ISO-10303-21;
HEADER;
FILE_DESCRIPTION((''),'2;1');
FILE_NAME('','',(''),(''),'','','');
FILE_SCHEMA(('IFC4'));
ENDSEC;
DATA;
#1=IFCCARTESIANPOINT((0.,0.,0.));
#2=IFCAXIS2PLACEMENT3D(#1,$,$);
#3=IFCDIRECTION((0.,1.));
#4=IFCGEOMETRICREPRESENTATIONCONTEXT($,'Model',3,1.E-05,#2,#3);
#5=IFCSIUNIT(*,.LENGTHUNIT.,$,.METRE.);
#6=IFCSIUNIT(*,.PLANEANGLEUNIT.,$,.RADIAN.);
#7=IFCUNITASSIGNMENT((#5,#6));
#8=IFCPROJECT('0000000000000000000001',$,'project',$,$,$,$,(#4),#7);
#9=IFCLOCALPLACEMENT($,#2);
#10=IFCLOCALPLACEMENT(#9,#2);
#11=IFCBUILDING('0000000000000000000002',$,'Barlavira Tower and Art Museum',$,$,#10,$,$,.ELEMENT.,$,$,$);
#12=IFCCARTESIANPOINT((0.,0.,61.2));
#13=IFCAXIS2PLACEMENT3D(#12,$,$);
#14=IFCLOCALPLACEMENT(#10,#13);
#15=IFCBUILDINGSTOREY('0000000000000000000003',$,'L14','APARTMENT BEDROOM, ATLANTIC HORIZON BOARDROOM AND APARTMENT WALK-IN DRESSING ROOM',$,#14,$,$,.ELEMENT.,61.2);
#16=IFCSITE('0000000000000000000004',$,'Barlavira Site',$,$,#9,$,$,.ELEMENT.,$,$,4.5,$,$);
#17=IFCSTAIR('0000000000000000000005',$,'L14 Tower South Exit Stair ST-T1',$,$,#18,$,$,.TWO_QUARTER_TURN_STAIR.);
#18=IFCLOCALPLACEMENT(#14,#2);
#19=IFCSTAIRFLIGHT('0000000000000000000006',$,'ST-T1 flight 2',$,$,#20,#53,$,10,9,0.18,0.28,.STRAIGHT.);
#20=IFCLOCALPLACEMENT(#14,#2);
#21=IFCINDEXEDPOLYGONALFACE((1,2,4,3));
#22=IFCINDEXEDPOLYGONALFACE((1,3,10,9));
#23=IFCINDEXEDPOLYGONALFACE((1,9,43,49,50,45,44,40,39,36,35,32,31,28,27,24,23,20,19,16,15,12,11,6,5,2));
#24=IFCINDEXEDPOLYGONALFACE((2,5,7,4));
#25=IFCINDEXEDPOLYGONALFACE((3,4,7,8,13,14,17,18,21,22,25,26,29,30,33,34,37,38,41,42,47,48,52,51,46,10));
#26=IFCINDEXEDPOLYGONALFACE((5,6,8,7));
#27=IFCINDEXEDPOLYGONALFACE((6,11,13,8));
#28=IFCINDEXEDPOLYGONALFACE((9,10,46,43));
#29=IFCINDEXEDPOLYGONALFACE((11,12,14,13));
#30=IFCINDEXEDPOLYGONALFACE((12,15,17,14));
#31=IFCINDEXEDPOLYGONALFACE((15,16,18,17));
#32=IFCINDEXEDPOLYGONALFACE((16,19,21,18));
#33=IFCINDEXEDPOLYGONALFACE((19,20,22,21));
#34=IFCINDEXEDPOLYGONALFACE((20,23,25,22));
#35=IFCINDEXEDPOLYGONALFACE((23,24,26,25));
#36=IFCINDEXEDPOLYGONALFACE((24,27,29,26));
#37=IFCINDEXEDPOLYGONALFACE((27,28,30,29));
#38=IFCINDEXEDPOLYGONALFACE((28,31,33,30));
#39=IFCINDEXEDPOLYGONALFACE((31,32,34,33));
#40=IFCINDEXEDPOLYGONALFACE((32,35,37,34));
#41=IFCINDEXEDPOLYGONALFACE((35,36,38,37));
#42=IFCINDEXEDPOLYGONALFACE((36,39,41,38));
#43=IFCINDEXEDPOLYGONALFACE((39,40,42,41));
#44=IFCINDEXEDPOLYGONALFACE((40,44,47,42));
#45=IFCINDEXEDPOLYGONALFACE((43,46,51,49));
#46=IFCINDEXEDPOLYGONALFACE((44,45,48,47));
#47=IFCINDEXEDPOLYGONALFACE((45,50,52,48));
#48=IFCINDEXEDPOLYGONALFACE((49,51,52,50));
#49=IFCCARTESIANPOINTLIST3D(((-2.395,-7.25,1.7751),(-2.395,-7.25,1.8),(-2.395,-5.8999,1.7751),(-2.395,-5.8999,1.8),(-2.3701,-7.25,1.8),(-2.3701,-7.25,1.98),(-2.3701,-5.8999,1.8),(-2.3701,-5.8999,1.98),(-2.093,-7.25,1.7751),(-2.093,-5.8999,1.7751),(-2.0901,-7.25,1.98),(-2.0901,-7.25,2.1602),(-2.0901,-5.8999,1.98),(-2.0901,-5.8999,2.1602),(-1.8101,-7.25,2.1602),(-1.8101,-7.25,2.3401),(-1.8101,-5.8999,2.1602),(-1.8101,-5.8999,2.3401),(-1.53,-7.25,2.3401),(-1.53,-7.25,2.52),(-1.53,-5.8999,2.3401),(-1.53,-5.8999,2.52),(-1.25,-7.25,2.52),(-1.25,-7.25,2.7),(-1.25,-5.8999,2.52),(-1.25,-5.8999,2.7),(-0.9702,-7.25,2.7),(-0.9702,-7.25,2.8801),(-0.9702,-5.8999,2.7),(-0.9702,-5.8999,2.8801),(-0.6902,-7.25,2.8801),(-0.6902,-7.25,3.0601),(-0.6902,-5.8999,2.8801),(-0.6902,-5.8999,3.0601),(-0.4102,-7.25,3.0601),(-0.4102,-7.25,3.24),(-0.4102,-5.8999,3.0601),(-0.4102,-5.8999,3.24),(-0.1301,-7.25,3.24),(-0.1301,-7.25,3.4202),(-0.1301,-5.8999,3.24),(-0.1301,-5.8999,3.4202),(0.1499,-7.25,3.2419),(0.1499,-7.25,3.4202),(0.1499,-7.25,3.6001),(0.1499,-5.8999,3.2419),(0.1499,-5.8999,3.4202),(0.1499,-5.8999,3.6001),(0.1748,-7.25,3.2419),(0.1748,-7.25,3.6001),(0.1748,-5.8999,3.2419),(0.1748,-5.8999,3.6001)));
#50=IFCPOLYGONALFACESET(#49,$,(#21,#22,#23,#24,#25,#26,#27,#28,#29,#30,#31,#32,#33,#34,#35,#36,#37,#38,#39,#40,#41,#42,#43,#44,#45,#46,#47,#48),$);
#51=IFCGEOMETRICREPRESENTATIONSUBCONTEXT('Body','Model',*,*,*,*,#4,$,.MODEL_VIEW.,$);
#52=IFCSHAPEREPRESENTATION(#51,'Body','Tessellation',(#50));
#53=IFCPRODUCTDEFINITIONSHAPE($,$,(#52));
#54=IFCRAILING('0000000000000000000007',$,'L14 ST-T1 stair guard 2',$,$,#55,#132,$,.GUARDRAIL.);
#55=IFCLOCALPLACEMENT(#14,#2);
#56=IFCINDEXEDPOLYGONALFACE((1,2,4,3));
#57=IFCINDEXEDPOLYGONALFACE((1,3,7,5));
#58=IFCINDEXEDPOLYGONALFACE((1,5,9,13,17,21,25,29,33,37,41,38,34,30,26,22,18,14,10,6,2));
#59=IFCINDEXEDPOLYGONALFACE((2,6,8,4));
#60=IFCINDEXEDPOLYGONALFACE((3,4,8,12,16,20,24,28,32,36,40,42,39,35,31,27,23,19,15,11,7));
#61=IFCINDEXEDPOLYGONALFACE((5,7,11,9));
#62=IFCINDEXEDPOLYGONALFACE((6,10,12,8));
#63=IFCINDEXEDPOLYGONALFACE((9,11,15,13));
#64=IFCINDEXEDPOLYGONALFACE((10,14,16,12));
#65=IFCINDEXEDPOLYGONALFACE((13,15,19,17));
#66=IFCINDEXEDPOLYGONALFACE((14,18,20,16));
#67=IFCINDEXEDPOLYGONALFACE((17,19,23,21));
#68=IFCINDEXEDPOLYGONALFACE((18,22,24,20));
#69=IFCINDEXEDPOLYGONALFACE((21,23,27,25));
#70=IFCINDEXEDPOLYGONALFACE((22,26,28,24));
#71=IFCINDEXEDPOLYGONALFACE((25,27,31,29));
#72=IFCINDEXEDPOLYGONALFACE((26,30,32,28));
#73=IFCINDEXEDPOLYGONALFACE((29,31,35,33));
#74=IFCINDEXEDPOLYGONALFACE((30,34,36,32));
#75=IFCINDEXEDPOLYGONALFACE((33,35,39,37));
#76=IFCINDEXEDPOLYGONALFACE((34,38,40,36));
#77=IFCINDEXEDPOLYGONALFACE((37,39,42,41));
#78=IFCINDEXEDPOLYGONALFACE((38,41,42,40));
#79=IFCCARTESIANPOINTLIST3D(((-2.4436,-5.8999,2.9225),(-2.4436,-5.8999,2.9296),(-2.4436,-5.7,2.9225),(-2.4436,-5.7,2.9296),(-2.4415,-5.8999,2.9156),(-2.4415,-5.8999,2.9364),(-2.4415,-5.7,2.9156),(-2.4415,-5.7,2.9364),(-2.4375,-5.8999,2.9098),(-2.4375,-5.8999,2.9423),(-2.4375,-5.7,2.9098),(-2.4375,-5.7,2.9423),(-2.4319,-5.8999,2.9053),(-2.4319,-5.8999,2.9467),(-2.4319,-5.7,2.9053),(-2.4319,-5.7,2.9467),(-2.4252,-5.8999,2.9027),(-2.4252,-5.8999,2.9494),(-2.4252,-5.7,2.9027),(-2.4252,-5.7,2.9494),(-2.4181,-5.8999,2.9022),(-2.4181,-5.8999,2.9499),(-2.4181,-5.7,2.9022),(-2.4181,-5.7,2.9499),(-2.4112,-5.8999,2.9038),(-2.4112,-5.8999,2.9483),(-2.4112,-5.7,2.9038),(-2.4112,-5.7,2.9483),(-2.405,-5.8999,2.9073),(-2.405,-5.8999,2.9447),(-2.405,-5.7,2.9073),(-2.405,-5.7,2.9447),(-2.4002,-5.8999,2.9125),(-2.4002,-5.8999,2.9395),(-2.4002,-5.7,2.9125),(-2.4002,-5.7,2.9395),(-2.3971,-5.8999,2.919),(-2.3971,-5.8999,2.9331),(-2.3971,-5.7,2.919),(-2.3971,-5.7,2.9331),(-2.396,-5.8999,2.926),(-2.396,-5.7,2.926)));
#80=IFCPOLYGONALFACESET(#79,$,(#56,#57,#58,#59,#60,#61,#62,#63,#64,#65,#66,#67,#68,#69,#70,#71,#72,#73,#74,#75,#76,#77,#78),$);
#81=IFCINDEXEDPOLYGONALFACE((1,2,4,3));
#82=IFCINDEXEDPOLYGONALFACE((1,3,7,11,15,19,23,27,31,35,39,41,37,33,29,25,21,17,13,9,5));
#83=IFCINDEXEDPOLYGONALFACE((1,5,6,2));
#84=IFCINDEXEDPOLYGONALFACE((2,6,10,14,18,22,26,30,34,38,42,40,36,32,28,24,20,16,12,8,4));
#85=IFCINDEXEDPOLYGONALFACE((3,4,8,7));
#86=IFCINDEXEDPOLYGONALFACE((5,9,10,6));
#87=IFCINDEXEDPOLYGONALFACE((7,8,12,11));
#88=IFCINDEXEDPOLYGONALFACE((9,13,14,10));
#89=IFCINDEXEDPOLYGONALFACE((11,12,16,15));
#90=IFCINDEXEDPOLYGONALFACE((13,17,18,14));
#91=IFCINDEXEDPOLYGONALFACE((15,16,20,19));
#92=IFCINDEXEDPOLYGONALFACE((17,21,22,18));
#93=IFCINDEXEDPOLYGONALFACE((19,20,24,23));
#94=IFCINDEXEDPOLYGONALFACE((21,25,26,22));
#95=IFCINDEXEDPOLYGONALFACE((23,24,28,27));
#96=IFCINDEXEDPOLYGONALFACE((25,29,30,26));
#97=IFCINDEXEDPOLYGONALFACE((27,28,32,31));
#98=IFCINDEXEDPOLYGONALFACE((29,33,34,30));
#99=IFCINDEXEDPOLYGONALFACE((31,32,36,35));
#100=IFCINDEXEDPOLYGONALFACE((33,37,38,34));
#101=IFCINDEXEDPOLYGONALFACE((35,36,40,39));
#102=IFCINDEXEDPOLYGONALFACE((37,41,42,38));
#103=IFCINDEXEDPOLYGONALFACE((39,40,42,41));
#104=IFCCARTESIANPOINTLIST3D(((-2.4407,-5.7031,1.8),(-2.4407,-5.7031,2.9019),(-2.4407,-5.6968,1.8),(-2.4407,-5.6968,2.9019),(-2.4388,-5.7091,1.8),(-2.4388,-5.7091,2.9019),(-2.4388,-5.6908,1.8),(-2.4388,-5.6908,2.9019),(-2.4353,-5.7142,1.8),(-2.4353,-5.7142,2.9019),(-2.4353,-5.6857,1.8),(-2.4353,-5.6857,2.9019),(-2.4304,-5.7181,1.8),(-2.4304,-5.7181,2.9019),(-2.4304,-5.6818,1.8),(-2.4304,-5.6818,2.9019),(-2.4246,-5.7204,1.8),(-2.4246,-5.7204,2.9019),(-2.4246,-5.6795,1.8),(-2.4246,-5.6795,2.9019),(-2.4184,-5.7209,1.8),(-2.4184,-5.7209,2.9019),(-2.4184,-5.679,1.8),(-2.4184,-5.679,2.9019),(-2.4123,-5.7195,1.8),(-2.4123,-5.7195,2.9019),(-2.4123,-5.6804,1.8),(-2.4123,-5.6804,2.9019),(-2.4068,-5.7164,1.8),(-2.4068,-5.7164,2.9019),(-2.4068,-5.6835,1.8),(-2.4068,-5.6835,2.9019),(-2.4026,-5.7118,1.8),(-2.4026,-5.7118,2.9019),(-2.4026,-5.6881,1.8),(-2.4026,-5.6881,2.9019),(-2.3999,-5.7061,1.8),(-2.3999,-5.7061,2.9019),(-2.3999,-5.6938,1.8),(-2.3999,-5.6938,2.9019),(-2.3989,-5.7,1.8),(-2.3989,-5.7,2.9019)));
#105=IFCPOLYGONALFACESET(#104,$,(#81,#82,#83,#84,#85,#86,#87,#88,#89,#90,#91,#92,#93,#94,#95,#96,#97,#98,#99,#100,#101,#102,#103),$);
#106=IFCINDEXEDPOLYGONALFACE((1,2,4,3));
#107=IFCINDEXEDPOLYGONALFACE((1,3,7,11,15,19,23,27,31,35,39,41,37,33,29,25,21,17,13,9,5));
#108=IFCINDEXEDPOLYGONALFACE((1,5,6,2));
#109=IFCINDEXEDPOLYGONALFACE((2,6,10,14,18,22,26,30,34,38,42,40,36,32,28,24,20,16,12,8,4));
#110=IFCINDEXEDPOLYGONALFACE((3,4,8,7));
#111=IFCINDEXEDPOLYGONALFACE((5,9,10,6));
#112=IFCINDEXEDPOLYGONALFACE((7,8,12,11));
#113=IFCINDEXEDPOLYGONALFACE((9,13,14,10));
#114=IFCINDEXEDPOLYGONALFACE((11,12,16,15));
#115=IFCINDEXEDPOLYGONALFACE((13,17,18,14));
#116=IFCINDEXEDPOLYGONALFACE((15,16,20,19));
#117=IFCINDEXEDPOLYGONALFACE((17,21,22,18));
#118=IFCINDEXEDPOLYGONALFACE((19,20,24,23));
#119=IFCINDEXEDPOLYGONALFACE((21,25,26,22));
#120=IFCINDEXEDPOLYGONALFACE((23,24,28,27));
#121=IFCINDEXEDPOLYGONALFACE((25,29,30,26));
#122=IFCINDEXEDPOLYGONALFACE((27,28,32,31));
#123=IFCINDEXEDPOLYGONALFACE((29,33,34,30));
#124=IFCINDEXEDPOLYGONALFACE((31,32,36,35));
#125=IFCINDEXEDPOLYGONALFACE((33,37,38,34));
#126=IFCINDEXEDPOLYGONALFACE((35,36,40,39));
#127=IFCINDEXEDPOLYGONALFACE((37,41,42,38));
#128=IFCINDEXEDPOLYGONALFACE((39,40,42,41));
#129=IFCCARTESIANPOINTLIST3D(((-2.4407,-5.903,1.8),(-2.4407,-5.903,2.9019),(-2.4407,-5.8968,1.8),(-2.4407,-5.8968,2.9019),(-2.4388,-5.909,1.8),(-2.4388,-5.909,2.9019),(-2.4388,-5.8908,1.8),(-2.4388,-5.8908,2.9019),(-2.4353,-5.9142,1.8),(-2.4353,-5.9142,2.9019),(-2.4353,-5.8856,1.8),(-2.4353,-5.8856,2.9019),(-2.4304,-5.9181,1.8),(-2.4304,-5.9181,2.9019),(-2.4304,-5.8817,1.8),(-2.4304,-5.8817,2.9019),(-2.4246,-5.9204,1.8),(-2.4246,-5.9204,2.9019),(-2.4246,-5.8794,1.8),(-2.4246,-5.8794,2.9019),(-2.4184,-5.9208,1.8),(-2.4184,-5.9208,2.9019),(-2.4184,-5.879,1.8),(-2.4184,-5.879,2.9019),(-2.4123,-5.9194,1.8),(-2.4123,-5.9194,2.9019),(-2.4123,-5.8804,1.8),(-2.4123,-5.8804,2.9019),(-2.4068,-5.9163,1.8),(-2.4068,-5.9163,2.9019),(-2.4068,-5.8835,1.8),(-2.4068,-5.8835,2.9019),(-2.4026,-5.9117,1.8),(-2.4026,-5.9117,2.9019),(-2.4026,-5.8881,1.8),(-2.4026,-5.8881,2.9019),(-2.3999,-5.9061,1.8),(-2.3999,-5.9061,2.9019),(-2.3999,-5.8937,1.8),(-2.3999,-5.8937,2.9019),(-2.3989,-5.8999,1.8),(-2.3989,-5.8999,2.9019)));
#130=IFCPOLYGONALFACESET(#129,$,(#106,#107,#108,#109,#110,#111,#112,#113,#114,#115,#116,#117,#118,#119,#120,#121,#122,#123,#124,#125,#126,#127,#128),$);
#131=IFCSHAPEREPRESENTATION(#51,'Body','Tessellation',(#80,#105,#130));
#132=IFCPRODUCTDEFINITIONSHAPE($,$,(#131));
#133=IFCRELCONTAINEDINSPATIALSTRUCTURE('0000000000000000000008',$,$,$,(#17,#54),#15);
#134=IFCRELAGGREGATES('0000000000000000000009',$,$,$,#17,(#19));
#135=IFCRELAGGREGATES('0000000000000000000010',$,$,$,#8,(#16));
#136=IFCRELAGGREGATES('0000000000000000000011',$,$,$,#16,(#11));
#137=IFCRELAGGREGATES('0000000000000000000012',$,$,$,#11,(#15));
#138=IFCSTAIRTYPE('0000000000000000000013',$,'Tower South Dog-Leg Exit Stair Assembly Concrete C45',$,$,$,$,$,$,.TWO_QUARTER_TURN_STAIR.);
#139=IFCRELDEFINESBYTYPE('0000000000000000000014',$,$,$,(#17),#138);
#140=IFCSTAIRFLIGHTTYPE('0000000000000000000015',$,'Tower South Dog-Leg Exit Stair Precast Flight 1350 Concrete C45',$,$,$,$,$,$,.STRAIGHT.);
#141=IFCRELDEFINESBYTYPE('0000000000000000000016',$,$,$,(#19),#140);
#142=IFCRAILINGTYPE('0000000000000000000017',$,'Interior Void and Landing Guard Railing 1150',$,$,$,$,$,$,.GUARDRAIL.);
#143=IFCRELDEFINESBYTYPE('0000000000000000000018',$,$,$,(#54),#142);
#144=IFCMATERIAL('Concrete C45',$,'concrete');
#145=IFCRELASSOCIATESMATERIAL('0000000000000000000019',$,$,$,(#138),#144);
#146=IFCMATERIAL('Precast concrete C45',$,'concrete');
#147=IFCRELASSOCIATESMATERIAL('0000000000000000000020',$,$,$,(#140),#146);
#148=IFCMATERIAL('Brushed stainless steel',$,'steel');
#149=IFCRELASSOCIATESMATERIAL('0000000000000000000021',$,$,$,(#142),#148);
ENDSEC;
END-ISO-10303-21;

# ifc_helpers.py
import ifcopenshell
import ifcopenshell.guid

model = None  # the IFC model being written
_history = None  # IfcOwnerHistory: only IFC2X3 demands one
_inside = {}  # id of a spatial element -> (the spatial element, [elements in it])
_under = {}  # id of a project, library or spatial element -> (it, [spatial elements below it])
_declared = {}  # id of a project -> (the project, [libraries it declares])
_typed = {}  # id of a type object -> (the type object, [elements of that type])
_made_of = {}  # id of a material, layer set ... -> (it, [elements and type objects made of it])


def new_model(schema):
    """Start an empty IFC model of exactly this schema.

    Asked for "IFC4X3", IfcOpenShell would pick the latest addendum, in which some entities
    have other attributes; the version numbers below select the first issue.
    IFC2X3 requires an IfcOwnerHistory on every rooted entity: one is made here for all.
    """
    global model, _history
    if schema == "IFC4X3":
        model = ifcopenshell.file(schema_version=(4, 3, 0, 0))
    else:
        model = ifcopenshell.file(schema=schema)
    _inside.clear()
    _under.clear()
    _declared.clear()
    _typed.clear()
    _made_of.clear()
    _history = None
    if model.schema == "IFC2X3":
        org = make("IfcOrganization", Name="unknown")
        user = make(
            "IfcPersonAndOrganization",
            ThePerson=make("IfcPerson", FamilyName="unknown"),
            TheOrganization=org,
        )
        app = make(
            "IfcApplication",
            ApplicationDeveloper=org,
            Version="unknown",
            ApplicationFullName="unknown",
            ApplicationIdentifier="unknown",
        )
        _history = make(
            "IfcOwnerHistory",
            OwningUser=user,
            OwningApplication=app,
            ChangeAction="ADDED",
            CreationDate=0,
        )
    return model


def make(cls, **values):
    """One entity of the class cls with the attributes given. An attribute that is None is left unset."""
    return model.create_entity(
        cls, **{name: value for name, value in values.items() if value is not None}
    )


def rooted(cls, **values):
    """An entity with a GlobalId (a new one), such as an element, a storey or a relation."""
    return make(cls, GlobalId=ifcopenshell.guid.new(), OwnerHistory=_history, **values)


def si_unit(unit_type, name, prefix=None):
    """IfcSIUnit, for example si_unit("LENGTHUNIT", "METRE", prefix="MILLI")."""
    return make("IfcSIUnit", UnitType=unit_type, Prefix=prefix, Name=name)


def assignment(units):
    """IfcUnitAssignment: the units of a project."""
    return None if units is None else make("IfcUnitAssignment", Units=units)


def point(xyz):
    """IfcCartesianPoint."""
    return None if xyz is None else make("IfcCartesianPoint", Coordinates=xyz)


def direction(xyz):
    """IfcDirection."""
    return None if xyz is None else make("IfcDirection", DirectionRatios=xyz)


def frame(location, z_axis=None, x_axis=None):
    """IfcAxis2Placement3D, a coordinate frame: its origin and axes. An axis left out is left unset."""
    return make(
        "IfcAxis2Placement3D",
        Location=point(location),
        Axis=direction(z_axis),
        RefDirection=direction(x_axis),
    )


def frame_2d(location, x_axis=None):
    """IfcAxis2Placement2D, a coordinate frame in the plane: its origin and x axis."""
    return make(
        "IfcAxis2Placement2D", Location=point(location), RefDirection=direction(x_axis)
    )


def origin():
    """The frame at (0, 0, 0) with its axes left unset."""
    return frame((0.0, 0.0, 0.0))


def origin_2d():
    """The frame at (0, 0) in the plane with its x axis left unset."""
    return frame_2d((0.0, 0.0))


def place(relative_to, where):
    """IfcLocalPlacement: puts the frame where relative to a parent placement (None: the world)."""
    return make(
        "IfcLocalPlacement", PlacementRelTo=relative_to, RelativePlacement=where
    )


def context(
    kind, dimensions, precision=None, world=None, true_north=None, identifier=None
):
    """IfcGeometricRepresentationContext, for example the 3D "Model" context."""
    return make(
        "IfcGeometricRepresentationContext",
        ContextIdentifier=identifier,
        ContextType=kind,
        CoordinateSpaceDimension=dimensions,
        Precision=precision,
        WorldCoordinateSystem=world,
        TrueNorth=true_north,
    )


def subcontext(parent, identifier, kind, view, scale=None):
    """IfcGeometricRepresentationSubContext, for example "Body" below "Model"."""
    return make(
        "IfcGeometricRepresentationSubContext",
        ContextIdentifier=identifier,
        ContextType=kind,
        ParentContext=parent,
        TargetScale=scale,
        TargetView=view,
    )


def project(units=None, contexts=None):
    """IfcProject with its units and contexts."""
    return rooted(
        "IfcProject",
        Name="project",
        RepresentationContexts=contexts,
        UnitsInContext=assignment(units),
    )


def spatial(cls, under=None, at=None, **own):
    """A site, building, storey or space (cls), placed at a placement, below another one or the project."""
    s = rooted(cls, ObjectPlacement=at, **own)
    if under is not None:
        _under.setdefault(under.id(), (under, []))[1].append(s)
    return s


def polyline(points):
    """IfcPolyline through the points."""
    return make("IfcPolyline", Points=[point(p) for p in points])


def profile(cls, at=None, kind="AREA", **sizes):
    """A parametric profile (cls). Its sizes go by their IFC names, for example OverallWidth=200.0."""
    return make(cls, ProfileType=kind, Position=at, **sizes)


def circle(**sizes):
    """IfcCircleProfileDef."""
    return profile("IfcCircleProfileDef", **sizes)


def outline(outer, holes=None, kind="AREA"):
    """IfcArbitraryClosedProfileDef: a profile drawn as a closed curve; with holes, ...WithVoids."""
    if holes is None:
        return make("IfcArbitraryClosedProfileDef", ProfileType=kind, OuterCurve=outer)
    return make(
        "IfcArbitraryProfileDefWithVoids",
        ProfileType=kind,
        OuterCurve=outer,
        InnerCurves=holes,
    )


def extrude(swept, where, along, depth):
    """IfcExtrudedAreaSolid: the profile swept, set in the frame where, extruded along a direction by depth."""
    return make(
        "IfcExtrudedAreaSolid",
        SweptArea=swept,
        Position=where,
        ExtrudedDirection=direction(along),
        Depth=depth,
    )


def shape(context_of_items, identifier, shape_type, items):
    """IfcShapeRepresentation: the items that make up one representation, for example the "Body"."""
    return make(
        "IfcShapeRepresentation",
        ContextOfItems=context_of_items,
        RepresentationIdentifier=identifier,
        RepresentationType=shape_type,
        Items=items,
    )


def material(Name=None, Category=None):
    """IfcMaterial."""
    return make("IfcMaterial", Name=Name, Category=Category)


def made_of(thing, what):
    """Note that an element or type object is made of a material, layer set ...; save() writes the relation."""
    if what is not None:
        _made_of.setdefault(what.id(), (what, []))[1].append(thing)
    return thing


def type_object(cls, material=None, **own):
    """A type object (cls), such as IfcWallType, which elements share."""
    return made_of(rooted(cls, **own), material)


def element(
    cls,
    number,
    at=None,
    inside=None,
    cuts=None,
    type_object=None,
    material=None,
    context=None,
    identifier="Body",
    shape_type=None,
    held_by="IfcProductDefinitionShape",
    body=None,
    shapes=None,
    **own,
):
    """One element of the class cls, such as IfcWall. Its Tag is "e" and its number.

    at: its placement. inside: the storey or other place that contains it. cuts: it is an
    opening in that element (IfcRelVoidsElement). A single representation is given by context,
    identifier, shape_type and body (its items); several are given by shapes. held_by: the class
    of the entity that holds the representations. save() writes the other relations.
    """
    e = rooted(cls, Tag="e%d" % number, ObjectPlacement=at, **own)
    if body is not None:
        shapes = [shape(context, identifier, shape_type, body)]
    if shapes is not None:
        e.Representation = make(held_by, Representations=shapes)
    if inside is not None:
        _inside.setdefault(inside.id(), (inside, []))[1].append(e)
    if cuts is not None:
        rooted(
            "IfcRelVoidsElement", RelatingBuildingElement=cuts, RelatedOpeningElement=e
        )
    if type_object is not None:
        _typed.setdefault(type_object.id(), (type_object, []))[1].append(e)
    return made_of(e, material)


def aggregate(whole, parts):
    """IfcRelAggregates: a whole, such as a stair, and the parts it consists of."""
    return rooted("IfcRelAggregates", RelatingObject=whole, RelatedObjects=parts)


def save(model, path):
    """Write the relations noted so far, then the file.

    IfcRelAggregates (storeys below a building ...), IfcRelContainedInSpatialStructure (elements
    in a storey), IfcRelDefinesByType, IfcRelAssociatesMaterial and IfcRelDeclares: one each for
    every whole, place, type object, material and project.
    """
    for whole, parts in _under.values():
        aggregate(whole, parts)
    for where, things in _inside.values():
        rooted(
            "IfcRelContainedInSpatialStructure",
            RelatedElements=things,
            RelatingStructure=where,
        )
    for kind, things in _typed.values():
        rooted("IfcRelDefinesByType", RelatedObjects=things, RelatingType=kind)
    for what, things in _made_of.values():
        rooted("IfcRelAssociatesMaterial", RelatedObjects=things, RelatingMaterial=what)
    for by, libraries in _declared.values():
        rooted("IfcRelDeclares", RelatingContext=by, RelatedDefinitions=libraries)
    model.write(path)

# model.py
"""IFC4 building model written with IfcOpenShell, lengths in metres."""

from ifc_helpers import new_model, si_unit, direction, frame, origin, origin_2d, place, context, subcontext, project, spatial, polyline, circle, outline, extrude, material, type_object, element, aggregate, save


model = new_model("IFC4")

# Units and contexts
model_context = context("Model", 3, precision=1e-05, world=origin(), true_north=direction((0.0, 1.0)))
body_context = subcontext(model_context, "Body", "Model", "MODEL_VIEW")
ifc_project = project(units=[si_unit("LENGTHUNIT", "METRE"), si_unit("PLANEANGLEUNIT", "RADIAN")], contexts=[model_context])

# Site, building, storey
site_placement = place(None, origin())
site = spatial("IfcSite", under=ifc_project, at=site_placement, Name="Barlavira Site", CompositionType="ELEMENT", RefElevation=4.5)
building_placement = place(site_placement, origin())
building = spatial("IfcBuilding", under=site, at=building_placement, Name="Barlavira Tower and Art Museum", CompositionType="ELEMENT")
storey_placement = place(building_placement, frame((0.0, 0.0, 61.2)))
storey = spatial("IfcBuildingStorey", under=building, at=storey_placement, Name="L14", Description="APARTMENT BEDROOM, ATLANTIC HORIZON BOARDROOM AND APARTMENT WALK-IN DRESSING ROOM", CompositionType="ELEMENT", Elevation=61.2)

# Shared definitions
ifc_material_1 = material(Name="Brushed stainless steel", Category="steel")

# Stair, stair flight
ifc_material_2 = material(Name="Concrete C45", Category="concrete")
stair_type = type_object("IfcStairType", Name="Tower South Dog-Leg Exit Stair Assembly Concrete C45", PredefinedType="TWO_QUARTER_TURN_STAIR", material=ifc_material_2)
stair_placement = place(storey_placement, origin())
stair = element("IfcStair", 1, at=stair_placement, inside=storey, type_object=stair_type, Name="L14 Tower South Exit Stair ST-T1", PredefinedType="TWO_QUARTER_TURN_STAIR")
ifc_material_3 = material(Name="Precast concrete C45", Category="concrete")
stair_flight_type = type_object("IfcStairFlightType", Name="Tower South Dog-Leg Exit Stair Precast Flight 1350 Concrete C45", PredefinedType="STRAIGHT", material=ifc_material_3)
stair_flight_placement = place(storey_placement, frame((-2.3701, -6.575, 1.8), z_axis=(0.0, 0.0, 1.0), x_axis=(1.0, 0.0, 0.0)))
stair_flight = element("IfcStairFlight", 2, at=stair_flight_placement, type_object=stair_flight_type, Name="ST-T1 flight 2", NumberOfRisers=10, NumberOfTreads=9, PredefinedType="STRAIGHT", RiserHeight=0.18, TreadLength=0.28, context=body_context, shape_type="SweptSolid", body=[
    extrude(outline(polyline([(-0.0249, 0.0), (0.0, 0.0), (0.0, 0.1799), (0.28, 0.1799), (0.28, 0.3601), (0.5601, 0.3601), (0.5601, 0.54), (0.8401, 0.54), (0.8401, 0.72), (1.1201, 0.72), (1.1201, 0.8999), (1.3999, 0.8999), (1.3999, 1.0801), (1.6799, 1.0801), (1.6799, 1.26), (1.96, 1.26), (1.96, 1.4399), (2.24, 1.4399), (2.24, 1.6201), (2.52, 1.6201), (2.52, 1.8), (2.5449, 1.8), (2.5449, 1.4419), (2.52, 1.4419), (0.2771, -0.0249), (-0.0249, -0.0249), (-0.0249, 0.0)])), frame((0.0, 0.675, 0.0), z_axis=(0.0, -1.0, 0.0), x_axis=(1.0, 0.0, 0.0)), (0.0, 0.0, 1.0), 1.3501),
])
aggregate(stair, [stair_flight])

# Railing
railing_type_1 = type_object("IfcRailingType", Name="Interior Void and Landing Guard Railing 1150", PredefinedType="GUARDRAIL", material=ifc_material_1)
railing_1_placement = place(storey_placement, frame((-2.4199, -5.7, 1.8)))
element("IfcRailing", 3, at=railing_1_placement, inside=storey, type_object=railing_type_1, Name="L14 ST-T1 stair guard 2", PredefinedType="GUARDRAIL", context=body_context, shape_type="SweptSolid", body=[
    extrude(circle(Radius=0.0239, at=origin_2d()), frame((0.0, 0.0, 1.126), z_axis=(0.0, -1.0, 0.0), x_axis=(1.0, 0.0, 0.0)), (0.0, 0.0, 1.0), 0.2),
    extrude(circle(Radius=0.021, at=origin_2d()), origin(), (0.0, 0.0, 1.0), 1.1018),
    extrude(circle(Radius=0.021, at=origin_2d()), frame((0.0, -0.2, 0.0)), (0.0, 0.0, 1.0), 1.1018),
])

save(model, "model.ifc")
